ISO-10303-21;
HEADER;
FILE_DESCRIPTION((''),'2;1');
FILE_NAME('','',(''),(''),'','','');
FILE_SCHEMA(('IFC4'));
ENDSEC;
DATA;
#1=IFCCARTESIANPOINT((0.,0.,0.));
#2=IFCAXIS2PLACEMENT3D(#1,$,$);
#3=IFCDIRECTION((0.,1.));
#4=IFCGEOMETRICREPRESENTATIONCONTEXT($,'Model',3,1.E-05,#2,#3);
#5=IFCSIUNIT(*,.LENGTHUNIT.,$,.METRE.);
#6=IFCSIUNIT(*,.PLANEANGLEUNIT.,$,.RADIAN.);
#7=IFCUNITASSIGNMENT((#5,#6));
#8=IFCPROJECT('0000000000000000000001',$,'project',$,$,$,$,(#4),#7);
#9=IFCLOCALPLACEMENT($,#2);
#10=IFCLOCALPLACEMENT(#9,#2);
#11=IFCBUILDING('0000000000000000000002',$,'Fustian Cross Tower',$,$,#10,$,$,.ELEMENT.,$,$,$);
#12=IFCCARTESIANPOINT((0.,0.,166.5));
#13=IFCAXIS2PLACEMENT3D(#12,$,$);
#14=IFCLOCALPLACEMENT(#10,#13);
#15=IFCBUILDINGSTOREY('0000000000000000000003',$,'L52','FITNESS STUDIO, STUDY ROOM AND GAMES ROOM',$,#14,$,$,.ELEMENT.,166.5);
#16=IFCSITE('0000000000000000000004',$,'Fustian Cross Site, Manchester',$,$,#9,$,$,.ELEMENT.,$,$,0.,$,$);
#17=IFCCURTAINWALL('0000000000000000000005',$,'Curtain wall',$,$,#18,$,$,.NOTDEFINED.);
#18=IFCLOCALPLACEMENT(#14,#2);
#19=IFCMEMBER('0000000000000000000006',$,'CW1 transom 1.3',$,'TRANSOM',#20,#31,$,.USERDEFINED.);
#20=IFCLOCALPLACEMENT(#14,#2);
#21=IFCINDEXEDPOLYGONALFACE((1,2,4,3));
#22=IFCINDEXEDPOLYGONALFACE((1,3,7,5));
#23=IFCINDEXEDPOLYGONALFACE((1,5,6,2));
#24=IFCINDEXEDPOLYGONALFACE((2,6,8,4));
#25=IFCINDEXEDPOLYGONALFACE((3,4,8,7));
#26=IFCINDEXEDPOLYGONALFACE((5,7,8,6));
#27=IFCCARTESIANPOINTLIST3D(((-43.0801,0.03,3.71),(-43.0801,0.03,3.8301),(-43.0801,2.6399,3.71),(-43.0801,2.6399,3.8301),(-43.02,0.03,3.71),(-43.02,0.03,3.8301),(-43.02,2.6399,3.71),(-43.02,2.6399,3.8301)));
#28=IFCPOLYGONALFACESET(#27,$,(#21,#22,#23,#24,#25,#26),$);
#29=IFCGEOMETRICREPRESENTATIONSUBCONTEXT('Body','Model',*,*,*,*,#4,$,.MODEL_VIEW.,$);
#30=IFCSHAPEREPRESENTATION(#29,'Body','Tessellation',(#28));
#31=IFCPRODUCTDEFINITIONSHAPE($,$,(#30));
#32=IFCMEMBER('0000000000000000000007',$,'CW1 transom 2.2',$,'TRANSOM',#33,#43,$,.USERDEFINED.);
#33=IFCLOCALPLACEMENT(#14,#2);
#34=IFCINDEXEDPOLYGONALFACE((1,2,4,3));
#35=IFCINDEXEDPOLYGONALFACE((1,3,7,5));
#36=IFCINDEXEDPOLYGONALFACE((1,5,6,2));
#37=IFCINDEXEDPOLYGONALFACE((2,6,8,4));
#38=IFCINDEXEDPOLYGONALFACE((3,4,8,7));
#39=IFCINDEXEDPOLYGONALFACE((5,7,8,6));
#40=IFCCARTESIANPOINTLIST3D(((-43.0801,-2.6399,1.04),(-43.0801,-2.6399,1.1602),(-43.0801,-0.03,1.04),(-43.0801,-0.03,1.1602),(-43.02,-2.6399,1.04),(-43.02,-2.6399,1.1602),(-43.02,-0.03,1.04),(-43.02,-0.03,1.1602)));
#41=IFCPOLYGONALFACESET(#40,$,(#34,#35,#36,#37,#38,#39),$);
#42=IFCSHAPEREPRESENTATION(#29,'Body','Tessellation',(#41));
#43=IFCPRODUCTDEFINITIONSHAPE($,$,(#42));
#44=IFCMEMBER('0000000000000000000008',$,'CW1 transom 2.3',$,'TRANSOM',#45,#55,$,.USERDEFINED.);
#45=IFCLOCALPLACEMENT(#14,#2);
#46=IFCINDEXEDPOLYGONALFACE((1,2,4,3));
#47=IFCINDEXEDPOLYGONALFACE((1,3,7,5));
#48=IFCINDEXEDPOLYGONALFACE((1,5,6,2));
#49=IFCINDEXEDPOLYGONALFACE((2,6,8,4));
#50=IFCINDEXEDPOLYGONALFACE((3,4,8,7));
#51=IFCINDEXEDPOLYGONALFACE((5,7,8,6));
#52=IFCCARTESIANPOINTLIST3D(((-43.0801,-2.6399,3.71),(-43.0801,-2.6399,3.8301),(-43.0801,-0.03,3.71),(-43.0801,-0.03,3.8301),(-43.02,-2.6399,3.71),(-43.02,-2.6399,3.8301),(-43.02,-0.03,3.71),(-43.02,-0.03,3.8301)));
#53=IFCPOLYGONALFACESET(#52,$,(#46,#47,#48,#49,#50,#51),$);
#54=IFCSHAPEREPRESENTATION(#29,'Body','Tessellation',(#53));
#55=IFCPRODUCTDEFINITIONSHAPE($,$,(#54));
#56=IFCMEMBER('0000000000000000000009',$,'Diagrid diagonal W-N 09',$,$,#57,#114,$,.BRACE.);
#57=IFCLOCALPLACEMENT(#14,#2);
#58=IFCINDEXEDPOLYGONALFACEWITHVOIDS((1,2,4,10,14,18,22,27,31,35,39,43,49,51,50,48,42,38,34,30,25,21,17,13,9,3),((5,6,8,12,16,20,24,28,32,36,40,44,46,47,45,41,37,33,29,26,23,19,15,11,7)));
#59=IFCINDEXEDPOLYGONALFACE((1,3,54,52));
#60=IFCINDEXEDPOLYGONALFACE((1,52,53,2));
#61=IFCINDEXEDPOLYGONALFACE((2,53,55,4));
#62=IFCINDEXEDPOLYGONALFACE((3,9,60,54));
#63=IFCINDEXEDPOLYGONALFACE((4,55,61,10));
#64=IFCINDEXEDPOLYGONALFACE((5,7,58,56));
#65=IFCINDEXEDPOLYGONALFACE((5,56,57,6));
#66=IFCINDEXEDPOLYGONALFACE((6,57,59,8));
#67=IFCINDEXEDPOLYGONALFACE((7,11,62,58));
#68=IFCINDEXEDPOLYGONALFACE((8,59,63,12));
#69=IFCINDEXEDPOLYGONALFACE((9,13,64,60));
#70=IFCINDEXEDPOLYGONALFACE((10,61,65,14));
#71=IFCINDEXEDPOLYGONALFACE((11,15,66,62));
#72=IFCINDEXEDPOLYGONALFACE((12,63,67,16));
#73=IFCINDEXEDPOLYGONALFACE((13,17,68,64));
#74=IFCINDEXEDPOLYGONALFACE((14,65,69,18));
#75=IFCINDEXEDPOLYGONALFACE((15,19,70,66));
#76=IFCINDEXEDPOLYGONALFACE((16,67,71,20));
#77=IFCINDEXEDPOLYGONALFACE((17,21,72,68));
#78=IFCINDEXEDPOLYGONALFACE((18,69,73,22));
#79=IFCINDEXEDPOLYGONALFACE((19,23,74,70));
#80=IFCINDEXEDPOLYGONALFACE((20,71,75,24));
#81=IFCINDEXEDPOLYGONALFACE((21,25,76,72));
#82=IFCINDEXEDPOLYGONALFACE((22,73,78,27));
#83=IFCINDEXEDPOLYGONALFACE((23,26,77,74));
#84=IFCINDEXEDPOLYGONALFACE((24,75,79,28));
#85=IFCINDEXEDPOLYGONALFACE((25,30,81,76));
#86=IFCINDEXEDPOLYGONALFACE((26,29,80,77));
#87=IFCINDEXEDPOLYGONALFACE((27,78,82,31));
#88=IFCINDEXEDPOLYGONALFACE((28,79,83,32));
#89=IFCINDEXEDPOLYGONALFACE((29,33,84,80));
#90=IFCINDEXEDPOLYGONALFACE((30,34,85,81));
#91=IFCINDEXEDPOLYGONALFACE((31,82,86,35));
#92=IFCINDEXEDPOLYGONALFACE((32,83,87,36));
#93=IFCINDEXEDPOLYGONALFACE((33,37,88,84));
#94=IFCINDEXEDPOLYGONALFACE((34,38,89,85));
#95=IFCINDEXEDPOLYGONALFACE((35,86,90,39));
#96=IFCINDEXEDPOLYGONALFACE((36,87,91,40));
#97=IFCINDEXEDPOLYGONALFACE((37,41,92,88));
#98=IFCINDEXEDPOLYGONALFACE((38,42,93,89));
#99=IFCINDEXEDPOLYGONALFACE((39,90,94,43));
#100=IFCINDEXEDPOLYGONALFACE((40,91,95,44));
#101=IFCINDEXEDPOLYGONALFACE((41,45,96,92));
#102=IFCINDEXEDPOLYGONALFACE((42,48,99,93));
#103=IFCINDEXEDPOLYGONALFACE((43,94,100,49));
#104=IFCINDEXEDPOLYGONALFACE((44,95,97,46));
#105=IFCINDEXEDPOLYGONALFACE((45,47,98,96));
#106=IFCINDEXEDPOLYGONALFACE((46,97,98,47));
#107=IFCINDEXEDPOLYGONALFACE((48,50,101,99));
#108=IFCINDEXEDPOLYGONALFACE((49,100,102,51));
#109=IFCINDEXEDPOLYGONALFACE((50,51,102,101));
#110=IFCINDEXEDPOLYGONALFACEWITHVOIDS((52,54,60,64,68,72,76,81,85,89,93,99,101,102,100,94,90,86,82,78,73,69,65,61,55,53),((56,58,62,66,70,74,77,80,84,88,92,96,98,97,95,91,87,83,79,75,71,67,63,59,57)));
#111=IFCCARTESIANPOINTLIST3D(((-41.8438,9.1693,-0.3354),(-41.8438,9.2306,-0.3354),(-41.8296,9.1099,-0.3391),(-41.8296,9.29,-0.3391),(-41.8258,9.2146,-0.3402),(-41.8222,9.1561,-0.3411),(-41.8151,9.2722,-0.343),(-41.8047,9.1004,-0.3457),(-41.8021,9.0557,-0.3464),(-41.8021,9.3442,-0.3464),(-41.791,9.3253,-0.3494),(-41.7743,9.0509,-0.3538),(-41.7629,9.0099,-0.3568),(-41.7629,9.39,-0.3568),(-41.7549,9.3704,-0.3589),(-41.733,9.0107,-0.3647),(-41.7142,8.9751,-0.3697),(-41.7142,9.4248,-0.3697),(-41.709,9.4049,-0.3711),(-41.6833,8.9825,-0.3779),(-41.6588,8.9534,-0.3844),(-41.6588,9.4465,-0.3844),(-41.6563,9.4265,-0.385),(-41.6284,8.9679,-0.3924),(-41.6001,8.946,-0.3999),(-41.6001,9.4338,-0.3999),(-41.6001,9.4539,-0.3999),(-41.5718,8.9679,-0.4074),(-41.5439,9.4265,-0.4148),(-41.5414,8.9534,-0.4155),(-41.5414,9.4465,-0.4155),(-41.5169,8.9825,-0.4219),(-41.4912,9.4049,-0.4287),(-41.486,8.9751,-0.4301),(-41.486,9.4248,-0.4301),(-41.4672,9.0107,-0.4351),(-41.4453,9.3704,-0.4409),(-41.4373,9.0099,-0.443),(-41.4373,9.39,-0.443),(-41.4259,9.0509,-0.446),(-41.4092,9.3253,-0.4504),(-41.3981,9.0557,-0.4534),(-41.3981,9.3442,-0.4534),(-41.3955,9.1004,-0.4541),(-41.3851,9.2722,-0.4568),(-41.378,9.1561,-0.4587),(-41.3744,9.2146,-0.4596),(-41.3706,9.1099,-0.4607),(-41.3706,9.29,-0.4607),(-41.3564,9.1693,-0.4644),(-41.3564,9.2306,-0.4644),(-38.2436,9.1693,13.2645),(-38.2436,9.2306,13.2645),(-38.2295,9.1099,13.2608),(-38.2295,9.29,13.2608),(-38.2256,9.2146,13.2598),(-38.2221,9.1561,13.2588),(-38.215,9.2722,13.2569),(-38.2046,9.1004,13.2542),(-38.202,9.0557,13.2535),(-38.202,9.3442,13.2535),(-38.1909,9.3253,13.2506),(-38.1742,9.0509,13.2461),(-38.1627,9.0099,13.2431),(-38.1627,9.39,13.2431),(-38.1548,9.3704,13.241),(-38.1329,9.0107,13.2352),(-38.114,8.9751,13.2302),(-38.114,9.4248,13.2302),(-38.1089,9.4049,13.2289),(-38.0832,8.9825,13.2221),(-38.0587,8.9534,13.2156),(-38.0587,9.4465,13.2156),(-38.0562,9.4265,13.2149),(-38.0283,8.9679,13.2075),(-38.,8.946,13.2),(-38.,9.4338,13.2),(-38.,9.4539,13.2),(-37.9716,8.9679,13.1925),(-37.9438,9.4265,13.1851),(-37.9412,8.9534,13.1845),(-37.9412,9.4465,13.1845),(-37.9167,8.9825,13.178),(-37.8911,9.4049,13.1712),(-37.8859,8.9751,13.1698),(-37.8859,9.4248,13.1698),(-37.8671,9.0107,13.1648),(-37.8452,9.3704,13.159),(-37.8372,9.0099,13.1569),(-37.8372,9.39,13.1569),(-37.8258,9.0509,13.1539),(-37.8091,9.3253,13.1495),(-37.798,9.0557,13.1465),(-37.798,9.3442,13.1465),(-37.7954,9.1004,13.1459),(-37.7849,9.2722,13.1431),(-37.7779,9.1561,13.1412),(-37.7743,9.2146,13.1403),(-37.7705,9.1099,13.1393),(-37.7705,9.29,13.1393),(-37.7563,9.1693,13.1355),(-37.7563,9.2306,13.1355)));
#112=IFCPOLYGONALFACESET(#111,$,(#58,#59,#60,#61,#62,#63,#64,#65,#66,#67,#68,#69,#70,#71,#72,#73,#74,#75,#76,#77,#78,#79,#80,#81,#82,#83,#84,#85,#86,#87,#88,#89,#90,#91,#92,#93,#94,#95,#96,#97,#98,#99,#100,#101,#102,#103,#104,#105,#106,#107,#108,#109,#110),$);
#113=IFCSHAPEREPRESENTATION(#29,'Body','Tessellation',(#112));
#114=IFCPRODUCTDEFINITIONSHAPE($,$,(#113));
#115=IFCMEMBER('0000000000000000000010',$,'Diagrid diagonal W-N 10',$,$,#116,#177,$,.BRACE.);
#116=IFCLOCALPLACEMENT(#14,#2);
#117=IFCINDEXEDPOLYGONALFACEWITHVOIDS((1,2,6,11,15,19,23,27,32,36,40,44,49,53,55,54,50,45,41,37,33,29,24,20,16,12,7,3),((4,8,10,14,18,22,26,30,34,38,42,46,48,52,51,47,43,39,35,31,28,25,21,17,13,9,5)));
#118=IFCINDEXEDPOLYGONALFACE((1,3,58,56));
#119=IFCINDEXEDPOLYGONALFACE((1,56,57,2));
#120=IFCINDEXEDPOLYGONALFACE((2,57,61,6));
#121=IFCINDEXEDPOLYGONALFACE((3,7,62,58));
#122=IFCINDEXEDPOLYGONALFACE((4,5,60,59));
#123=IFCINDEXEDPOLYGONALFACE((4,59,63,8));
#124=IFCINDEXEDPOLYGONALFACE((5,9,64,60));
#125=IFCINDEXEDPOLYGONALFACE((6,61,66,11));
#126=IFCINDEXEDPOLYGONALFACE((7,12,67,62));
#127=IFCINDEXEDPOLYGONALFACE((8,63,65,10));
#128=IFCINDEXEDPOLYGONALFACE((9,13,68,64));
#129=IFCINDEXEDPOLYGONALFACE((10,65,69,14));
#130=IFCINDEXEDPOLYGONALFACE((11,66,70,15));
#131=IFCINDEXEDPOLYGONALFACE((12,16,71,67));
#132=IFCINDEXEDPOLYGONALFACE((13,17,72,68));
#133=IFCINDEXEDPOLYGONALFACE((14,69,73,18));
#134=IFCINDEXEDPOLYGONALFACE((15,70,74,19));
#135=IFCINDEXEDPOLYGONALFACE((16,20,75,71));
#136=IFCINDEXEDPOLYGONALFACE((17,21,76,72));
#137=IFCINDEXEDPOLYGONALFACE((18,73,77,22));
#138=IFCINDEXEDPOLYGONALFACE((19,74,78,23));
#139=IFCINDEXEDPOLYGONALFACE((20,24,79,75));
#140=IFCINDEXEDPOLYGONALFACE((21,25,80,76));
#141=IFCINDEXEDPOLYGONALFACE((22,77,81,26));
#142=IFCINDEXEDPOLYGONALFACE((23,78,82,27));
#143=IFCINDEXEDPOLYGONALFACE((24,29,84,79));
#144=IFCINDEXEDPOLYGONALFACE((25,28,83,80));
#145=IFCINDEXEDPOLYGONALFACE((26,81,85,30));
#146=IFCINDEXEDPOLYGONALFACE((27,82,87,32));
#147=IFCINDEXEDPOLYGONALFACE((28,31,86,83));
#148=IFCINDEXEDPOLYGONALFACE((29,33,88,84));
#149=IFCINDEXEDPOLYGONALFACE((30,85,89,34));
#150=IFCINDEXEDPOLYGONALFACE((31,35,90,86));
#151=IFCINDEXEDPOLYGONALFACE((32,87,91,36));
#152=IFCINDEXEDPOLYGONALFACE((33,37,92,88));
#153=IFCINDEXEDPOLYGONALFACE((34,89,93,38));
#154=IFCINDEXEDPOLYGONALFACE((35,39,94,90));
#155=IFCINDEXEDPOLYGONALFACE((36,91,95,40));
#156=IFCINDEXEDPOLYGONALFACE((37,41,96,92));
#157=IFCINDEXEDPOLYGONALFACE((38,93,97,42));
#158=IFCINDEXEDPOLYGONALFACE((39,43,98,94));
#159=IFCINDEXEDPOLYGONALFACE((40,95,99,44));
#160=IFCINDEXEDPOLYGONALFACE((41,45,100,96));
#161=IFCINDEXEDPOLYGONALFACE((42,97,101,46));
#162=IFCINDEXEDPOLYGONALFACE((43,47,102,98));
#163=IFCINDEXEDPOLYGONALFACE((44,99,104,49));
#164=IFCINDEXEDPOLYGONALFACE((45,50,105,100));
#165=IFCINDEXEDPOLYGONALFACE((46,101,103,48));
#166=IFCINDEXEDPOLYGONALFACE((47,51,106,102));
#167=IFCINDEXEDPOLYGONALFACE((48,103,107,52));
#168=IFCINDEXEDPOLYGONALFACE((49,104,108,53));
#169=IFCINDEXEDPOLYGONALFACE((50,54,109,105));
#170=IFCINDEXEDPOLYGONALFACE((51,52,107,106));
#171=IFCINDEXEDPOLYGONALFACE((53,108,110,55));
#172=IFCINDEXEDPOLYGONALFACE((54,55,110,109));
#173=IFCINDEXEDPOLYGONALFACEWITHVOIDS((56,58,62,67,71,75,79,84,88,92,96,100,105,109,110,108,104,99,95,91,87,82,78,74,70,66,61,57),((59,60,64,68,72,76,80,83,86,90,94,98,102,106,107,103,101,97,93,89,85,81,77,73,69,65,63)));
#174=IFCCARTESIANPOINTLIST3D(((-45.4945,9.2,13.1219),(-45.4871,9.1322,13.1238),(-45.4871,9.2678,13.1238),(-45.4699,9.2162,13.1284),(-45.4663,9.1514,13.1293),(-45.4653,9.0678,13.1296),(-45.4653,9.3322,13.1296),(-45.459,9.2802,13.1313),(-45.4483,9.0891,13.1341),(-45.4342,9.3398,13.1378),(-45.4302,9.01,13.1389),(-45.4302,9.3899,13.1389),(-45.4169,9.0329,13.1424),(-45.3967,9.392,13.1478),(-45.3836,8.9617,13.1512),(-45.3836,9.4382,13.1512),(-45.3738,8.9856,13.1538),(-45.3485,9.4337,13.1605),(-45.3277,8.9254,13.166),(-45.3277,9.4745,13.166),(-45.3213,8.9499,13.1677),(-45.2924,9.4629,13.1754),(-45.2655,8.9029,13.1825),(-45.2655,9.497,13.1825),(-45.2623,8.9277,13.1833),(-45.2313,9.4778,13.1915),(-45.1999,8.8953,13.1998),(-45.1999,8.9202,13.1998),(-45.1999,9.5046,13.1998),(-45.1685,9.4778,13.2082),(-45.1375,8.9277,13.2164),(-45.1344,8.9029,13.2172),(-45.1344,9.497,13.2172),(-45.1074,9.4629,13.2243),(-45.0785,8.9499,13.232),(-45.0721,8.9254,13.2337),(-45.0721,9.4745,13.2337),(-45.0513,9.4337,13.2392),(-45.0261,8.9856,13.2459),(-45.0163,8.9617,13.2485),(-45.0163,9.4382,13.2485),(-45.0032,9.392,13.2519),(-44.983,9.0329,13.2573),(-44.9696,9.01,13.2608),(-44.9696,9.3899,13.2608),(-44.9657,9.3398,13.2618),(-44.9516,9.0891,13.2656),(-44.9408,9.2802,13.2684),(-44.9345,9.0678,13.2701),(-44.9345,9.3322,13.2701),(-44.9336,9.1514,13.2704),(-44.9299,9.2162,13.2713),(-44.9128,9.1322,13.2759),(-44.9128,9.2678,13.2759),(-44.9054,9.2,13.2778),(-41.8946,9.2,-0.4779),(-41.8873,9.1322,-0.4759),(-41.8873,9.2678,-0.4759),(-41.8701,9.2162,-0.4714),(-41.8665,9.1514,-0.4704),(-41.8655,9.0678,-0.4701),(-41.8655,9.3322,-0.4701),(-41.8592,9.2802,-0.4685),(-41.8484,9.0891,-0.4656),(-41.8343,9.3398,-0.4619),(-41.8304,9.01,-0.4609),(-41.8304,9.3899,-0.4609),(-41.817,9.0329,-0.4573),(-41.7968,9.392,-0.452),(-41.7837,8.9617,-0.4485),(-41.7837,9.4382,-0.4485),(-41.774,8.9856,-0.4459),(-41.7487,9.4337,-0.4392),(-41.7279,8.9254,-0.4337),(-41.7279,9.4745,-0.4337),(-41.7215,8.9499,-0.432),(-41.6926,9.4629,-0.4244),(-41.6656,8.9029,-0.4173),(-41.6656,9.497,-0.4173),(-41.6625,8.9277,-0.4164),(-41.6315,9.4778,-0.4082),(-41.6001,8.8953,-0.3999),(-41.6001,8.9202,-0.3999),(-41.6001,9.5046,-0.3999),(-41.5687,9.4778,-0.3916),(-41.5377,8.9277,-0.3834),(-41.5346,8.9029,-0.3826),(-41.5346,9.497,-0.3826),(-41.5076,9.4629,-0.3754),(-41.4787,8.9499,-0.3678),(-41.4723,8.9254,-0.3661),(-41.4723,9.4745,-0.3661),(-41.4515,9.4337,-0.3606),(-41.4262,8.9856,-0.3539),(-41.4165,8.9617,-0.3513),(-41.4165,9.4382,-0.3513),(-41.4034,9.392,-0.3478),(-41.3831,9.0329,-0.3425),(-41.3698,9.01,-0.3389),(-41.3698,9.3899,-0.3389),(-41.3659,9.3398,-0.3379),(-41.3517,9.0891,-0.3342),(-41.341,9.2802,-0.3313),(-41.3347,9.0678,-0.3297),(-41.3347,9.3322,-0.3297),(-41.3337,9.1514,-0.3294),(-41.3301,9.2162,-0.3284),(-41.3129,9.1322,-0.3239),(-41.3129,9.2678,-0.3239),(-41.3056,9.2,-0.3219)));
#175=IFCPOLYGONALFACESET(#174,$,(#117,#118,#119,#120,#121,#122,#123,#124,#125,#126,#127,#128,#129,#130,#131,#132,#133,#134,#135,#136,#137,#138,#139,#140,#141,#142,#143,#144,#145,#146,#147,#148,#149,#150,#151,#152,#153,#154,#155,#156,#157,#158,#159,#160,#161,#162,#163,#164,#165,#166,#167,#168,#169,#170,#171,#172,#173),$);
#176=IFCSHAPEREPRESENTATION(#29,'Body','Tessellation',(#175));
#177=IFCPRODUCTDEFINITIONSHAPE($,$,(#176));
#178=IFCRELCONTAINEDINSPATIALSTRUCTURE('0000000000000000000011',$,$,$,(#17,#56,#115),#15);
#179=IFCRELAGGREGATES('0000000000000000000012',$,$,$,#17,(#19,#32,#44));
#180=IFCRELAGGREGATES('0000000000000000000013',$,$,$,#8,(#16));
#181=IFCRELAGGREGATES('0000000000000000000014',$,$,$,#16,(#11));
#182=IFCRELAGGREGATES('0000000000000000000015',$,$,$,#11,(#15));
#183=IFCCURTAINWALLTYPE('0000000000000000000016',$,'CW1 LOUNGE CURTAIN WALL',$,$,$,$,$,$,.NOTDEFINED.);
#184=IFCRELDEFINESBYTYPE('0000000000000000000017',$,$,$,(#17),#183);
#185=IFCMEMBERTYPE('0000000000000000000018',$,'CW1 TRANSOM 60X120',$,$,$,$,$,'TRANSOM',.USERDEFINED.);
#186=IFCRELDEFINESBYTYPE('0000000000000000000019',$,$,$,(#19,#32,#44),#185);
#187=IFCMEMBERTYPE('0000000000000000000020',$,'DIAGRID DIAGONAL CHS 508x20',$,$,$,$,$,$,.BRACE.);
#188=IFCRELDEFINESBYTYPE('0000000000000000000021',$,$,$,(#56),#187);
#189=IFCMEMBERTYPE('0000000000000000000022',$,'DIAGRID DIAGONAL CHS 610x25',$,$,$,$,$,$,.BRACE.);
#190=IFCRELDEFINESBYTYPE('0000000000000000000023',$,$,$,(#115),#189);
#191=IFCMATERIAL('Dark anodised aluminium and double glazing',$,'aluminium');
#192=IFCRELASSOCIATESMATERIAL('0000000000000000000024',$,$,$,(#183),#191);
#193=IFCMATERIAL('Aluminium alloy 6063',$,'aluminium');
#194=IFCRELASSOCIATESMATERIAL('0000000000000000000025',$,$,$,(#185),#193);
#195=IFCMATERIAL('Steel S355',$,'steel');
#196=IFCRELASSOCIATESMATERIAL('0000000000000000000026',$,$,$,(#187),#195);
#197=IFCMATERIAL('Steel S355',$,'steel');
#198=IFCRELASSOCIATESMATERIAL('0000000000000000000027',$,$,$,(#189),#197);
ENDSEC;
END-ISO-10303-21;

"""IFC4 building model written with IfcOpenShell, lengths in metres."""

from ifc_helpers import new_model, si_unit, direction, frame, origin, origin_2d, place, context, subcontext, project, spatial, rectangle, hollow_circle, extrude, material, material_profile, profile_set, type_object, element, aggregate, save


model = new_model("IFC4")

# Units and contexts
model_context = context("Model", 3, precision=1e-05, world=origin(), true_north=direction((0.0, 1.0)))
body_context = subcontext(model_context, "Body", "Model", "MODEL_VIEW")
ifc_project = project(units=[si_unit("LENGTHUNIT", "METRE"), si_unit("PLANEANGLEUNIT", "RADIAN")], contexts=[model_context])

# Site, building, storey
site_placement = place(None, origin())
site = spatial("IfcSite", under=ifc_project, at=site_placement, Name="Fustian Cross Site, Manchester", CompositionType="ELEMENT", RefElevation=0.0)
building_placement = place(site_placement, origin())
building = spatial("IfcBuilding", under=site, at=building_placement, Name="Fustian Cross Tower", CompositionType="ELEMENT")
storey_placement = place(building_placement, frame((0.0, 0.0, 166.5)))
storey = spatial("IfcBuildingStorey", under=building, at=storey_placement, Name="L52", Description="FITNESS STUDIO, STUDY ROOM AND GAMES ROOM", CompositionType="ELEMENT", Elevation=166.5)

# Shared definitions
ifc_material_1 = material(Name="Dark anodised aluminium and double glazing", Category="aluminium")
curtain_wall_type = type_object("IfcCurtainWallType", Name="CW1 LOUNGE CURTAIN WALL", PredefinedType="NOTDEFINED", material=ifc_material_1)

# Curtain wall
curtain_wall_1_placement = place(storey_placement, origin())
curtain_wall_1 = element("IfcCurtainWall", 1, at=curtain_wall_1_placement, inside=storey, type_object=curtain_wall_type, Name="Curtain wall", PredefinedType="NOTDEFINED")

# Members
ifc_material_2 = material(Name="Aluminium alloy 6063", Category="aluminium")
ifc_material_profile_1 = material_profile(ifc_material_2, rectangle(XDim=0.0601, YDim=0.1201, at=origin_2d()), Name="CW1 TRANSOM 60X120")
ifc_profile_set_1 = profile_set([ifc_material_profile_1], Name="Aluminium alloy 6063")
member_type_1 = type_object("IfcMemberType", Name="CW1 TRANSOM 60X120", ElementType="TRANSOM", PredefinedType="USERDEFINED", material=ifc_profile_set_1)
member_1_placement = place(storey_placement, frame((-43.05, 2.6399, 3.77), z_axis=(0.0, -1.0, 0.0), x_axis=(1.0, 0.0, 0.0)))
member_1 = element("IfcMember", 2, at=member_1_placement, type_object=member_type_1, Name="CW1 transom 1.3", ObjectType="TRANSOM", PredefinedType="USERDEFINED", context=body_context, shape_type="SweptSolid", body=[
    extrude(rectangle(XDim=0.0601, YDim=0.1201, at=origin_2d()), origin(), (0.0, 0.0, 1.0), 2.6099),
])
member_2_placement = place(storey_placement, frame((-43.05, -0.03, 1.1001), z_axis=(0.0, -1.0, 0.0), x_axis=(1.0, 0.0, 0.0)))
member_2 = element("IfcMember", 3, at=member_2_placement, type_object=member_type_1, Name="CW1 transom 2.2", ObjectType="TRANSOM", PredefinedType="USERDEFINED", context=body_context, shape_type="SweptSolid", body=[
    extrude(rectangle(XDim=0.0601, YDim=0.1201, at=origin_2d()), origin(), (0.0, 0.0, 1.0), 2.6099),
])
member_3_placement = place(storey_placement, frame((-43.05, -0.03, 3.77), z_axis=(0.0, -1.0, 0.0), x_axis=(1.0, 0.0, 0.0)))
member_3 = element("IfcMember", 4, at=member_3_placement, type_object=member_type_1, Name="CW1 transom 2.3", ObjectType="TRANSOM", PredefinedType="USERDEFINED", context=body_context, shape_type="SweptSolid", body=[
    extrude(rectangle(XDim=0.0601, YDim=0.1201, at=origin_2d()), origin(), (0.0, 0.0, 1.0), 2.6099),
])

# Members
ifc_material_3 = material(Name="Steel S355", Category="steel")
ifc_material_profile_2 = material_profile(ifc_material_3, hollow_circle(Radius=0.2539, WallThickness=0.02, at=origin_2d()), Name="CHS 508x20")
ifc_profile_set_2 = profile_set([ifc_material_profile_2], Name="Steel S355")
member_type_2 = type_object("IfcMemberType", Name="DIAGRID DIAGONAL CHS 508x20", PredefinedType="BRACE", material=ifc_profile_set_2)
member_4_placement = place(storey_placement, frame((-41.6001, 9.2, -0.3999), z_axis=(0.255902, 0.0, 0.966703), x_axis=(0.0, 1.0, 0.0)))
element("IfcMember", 5, at=member_4_placement, inside=storey, type_object=member_type_2, Name="Diagrid diagonal W-N 09", PredefinedType="BRACE", context=body_context, shape_type="SweptSolid", body=[
    extrude(hollow_circle(Radius=0.2539, WallThickness=0.02, at=origin_2d()), origin(), (0.0, 0.0, 1.0), 14.0684),
])
ifc_material_4 = material(Name="Steel S355", Category="steel")
ifc_material_profile_3 = material_profile(ifc_material_4, hollow_circle(Radius=0.3047, WallThickness=0.0249, at=origin_2d()), Name="CHS 610x25")
ifc_profile_set_3 = profile_set([ifc_material_profile_3], Name="Steel S355")
member_type_3 = type_object("IfcMemberType", Name="DIAGRID DIAGONAL CHS 610x25", PredefinedType="BRACE", material=ifc_profile_set_3)
member_5_placement = place(storey_placement, frame((-41.6001, 9.2, -0.3999), z_axis=(-0.255885, 0.0, 0.966707), x_axis=(0.0, -1.0, 0.0)))
element("IfcMember", 6, at=member_5_placement, inside=storey, type_object=member_type_3, Name="Diagrid diagonal W-N 10", PredefinedType="BRACE", context=body_context, shape_type="SweptSolid", body=[
    extrude(hollow_circle(Radius=0.3047, WallThickness=0.0249, at=origin_2d()), origin(), (0.0, 0.0, 1.0), 14.0681),
])

aggregate(curtain_wall_1, [member_1, member_2, member_3])

save(model, "model.ifc")
